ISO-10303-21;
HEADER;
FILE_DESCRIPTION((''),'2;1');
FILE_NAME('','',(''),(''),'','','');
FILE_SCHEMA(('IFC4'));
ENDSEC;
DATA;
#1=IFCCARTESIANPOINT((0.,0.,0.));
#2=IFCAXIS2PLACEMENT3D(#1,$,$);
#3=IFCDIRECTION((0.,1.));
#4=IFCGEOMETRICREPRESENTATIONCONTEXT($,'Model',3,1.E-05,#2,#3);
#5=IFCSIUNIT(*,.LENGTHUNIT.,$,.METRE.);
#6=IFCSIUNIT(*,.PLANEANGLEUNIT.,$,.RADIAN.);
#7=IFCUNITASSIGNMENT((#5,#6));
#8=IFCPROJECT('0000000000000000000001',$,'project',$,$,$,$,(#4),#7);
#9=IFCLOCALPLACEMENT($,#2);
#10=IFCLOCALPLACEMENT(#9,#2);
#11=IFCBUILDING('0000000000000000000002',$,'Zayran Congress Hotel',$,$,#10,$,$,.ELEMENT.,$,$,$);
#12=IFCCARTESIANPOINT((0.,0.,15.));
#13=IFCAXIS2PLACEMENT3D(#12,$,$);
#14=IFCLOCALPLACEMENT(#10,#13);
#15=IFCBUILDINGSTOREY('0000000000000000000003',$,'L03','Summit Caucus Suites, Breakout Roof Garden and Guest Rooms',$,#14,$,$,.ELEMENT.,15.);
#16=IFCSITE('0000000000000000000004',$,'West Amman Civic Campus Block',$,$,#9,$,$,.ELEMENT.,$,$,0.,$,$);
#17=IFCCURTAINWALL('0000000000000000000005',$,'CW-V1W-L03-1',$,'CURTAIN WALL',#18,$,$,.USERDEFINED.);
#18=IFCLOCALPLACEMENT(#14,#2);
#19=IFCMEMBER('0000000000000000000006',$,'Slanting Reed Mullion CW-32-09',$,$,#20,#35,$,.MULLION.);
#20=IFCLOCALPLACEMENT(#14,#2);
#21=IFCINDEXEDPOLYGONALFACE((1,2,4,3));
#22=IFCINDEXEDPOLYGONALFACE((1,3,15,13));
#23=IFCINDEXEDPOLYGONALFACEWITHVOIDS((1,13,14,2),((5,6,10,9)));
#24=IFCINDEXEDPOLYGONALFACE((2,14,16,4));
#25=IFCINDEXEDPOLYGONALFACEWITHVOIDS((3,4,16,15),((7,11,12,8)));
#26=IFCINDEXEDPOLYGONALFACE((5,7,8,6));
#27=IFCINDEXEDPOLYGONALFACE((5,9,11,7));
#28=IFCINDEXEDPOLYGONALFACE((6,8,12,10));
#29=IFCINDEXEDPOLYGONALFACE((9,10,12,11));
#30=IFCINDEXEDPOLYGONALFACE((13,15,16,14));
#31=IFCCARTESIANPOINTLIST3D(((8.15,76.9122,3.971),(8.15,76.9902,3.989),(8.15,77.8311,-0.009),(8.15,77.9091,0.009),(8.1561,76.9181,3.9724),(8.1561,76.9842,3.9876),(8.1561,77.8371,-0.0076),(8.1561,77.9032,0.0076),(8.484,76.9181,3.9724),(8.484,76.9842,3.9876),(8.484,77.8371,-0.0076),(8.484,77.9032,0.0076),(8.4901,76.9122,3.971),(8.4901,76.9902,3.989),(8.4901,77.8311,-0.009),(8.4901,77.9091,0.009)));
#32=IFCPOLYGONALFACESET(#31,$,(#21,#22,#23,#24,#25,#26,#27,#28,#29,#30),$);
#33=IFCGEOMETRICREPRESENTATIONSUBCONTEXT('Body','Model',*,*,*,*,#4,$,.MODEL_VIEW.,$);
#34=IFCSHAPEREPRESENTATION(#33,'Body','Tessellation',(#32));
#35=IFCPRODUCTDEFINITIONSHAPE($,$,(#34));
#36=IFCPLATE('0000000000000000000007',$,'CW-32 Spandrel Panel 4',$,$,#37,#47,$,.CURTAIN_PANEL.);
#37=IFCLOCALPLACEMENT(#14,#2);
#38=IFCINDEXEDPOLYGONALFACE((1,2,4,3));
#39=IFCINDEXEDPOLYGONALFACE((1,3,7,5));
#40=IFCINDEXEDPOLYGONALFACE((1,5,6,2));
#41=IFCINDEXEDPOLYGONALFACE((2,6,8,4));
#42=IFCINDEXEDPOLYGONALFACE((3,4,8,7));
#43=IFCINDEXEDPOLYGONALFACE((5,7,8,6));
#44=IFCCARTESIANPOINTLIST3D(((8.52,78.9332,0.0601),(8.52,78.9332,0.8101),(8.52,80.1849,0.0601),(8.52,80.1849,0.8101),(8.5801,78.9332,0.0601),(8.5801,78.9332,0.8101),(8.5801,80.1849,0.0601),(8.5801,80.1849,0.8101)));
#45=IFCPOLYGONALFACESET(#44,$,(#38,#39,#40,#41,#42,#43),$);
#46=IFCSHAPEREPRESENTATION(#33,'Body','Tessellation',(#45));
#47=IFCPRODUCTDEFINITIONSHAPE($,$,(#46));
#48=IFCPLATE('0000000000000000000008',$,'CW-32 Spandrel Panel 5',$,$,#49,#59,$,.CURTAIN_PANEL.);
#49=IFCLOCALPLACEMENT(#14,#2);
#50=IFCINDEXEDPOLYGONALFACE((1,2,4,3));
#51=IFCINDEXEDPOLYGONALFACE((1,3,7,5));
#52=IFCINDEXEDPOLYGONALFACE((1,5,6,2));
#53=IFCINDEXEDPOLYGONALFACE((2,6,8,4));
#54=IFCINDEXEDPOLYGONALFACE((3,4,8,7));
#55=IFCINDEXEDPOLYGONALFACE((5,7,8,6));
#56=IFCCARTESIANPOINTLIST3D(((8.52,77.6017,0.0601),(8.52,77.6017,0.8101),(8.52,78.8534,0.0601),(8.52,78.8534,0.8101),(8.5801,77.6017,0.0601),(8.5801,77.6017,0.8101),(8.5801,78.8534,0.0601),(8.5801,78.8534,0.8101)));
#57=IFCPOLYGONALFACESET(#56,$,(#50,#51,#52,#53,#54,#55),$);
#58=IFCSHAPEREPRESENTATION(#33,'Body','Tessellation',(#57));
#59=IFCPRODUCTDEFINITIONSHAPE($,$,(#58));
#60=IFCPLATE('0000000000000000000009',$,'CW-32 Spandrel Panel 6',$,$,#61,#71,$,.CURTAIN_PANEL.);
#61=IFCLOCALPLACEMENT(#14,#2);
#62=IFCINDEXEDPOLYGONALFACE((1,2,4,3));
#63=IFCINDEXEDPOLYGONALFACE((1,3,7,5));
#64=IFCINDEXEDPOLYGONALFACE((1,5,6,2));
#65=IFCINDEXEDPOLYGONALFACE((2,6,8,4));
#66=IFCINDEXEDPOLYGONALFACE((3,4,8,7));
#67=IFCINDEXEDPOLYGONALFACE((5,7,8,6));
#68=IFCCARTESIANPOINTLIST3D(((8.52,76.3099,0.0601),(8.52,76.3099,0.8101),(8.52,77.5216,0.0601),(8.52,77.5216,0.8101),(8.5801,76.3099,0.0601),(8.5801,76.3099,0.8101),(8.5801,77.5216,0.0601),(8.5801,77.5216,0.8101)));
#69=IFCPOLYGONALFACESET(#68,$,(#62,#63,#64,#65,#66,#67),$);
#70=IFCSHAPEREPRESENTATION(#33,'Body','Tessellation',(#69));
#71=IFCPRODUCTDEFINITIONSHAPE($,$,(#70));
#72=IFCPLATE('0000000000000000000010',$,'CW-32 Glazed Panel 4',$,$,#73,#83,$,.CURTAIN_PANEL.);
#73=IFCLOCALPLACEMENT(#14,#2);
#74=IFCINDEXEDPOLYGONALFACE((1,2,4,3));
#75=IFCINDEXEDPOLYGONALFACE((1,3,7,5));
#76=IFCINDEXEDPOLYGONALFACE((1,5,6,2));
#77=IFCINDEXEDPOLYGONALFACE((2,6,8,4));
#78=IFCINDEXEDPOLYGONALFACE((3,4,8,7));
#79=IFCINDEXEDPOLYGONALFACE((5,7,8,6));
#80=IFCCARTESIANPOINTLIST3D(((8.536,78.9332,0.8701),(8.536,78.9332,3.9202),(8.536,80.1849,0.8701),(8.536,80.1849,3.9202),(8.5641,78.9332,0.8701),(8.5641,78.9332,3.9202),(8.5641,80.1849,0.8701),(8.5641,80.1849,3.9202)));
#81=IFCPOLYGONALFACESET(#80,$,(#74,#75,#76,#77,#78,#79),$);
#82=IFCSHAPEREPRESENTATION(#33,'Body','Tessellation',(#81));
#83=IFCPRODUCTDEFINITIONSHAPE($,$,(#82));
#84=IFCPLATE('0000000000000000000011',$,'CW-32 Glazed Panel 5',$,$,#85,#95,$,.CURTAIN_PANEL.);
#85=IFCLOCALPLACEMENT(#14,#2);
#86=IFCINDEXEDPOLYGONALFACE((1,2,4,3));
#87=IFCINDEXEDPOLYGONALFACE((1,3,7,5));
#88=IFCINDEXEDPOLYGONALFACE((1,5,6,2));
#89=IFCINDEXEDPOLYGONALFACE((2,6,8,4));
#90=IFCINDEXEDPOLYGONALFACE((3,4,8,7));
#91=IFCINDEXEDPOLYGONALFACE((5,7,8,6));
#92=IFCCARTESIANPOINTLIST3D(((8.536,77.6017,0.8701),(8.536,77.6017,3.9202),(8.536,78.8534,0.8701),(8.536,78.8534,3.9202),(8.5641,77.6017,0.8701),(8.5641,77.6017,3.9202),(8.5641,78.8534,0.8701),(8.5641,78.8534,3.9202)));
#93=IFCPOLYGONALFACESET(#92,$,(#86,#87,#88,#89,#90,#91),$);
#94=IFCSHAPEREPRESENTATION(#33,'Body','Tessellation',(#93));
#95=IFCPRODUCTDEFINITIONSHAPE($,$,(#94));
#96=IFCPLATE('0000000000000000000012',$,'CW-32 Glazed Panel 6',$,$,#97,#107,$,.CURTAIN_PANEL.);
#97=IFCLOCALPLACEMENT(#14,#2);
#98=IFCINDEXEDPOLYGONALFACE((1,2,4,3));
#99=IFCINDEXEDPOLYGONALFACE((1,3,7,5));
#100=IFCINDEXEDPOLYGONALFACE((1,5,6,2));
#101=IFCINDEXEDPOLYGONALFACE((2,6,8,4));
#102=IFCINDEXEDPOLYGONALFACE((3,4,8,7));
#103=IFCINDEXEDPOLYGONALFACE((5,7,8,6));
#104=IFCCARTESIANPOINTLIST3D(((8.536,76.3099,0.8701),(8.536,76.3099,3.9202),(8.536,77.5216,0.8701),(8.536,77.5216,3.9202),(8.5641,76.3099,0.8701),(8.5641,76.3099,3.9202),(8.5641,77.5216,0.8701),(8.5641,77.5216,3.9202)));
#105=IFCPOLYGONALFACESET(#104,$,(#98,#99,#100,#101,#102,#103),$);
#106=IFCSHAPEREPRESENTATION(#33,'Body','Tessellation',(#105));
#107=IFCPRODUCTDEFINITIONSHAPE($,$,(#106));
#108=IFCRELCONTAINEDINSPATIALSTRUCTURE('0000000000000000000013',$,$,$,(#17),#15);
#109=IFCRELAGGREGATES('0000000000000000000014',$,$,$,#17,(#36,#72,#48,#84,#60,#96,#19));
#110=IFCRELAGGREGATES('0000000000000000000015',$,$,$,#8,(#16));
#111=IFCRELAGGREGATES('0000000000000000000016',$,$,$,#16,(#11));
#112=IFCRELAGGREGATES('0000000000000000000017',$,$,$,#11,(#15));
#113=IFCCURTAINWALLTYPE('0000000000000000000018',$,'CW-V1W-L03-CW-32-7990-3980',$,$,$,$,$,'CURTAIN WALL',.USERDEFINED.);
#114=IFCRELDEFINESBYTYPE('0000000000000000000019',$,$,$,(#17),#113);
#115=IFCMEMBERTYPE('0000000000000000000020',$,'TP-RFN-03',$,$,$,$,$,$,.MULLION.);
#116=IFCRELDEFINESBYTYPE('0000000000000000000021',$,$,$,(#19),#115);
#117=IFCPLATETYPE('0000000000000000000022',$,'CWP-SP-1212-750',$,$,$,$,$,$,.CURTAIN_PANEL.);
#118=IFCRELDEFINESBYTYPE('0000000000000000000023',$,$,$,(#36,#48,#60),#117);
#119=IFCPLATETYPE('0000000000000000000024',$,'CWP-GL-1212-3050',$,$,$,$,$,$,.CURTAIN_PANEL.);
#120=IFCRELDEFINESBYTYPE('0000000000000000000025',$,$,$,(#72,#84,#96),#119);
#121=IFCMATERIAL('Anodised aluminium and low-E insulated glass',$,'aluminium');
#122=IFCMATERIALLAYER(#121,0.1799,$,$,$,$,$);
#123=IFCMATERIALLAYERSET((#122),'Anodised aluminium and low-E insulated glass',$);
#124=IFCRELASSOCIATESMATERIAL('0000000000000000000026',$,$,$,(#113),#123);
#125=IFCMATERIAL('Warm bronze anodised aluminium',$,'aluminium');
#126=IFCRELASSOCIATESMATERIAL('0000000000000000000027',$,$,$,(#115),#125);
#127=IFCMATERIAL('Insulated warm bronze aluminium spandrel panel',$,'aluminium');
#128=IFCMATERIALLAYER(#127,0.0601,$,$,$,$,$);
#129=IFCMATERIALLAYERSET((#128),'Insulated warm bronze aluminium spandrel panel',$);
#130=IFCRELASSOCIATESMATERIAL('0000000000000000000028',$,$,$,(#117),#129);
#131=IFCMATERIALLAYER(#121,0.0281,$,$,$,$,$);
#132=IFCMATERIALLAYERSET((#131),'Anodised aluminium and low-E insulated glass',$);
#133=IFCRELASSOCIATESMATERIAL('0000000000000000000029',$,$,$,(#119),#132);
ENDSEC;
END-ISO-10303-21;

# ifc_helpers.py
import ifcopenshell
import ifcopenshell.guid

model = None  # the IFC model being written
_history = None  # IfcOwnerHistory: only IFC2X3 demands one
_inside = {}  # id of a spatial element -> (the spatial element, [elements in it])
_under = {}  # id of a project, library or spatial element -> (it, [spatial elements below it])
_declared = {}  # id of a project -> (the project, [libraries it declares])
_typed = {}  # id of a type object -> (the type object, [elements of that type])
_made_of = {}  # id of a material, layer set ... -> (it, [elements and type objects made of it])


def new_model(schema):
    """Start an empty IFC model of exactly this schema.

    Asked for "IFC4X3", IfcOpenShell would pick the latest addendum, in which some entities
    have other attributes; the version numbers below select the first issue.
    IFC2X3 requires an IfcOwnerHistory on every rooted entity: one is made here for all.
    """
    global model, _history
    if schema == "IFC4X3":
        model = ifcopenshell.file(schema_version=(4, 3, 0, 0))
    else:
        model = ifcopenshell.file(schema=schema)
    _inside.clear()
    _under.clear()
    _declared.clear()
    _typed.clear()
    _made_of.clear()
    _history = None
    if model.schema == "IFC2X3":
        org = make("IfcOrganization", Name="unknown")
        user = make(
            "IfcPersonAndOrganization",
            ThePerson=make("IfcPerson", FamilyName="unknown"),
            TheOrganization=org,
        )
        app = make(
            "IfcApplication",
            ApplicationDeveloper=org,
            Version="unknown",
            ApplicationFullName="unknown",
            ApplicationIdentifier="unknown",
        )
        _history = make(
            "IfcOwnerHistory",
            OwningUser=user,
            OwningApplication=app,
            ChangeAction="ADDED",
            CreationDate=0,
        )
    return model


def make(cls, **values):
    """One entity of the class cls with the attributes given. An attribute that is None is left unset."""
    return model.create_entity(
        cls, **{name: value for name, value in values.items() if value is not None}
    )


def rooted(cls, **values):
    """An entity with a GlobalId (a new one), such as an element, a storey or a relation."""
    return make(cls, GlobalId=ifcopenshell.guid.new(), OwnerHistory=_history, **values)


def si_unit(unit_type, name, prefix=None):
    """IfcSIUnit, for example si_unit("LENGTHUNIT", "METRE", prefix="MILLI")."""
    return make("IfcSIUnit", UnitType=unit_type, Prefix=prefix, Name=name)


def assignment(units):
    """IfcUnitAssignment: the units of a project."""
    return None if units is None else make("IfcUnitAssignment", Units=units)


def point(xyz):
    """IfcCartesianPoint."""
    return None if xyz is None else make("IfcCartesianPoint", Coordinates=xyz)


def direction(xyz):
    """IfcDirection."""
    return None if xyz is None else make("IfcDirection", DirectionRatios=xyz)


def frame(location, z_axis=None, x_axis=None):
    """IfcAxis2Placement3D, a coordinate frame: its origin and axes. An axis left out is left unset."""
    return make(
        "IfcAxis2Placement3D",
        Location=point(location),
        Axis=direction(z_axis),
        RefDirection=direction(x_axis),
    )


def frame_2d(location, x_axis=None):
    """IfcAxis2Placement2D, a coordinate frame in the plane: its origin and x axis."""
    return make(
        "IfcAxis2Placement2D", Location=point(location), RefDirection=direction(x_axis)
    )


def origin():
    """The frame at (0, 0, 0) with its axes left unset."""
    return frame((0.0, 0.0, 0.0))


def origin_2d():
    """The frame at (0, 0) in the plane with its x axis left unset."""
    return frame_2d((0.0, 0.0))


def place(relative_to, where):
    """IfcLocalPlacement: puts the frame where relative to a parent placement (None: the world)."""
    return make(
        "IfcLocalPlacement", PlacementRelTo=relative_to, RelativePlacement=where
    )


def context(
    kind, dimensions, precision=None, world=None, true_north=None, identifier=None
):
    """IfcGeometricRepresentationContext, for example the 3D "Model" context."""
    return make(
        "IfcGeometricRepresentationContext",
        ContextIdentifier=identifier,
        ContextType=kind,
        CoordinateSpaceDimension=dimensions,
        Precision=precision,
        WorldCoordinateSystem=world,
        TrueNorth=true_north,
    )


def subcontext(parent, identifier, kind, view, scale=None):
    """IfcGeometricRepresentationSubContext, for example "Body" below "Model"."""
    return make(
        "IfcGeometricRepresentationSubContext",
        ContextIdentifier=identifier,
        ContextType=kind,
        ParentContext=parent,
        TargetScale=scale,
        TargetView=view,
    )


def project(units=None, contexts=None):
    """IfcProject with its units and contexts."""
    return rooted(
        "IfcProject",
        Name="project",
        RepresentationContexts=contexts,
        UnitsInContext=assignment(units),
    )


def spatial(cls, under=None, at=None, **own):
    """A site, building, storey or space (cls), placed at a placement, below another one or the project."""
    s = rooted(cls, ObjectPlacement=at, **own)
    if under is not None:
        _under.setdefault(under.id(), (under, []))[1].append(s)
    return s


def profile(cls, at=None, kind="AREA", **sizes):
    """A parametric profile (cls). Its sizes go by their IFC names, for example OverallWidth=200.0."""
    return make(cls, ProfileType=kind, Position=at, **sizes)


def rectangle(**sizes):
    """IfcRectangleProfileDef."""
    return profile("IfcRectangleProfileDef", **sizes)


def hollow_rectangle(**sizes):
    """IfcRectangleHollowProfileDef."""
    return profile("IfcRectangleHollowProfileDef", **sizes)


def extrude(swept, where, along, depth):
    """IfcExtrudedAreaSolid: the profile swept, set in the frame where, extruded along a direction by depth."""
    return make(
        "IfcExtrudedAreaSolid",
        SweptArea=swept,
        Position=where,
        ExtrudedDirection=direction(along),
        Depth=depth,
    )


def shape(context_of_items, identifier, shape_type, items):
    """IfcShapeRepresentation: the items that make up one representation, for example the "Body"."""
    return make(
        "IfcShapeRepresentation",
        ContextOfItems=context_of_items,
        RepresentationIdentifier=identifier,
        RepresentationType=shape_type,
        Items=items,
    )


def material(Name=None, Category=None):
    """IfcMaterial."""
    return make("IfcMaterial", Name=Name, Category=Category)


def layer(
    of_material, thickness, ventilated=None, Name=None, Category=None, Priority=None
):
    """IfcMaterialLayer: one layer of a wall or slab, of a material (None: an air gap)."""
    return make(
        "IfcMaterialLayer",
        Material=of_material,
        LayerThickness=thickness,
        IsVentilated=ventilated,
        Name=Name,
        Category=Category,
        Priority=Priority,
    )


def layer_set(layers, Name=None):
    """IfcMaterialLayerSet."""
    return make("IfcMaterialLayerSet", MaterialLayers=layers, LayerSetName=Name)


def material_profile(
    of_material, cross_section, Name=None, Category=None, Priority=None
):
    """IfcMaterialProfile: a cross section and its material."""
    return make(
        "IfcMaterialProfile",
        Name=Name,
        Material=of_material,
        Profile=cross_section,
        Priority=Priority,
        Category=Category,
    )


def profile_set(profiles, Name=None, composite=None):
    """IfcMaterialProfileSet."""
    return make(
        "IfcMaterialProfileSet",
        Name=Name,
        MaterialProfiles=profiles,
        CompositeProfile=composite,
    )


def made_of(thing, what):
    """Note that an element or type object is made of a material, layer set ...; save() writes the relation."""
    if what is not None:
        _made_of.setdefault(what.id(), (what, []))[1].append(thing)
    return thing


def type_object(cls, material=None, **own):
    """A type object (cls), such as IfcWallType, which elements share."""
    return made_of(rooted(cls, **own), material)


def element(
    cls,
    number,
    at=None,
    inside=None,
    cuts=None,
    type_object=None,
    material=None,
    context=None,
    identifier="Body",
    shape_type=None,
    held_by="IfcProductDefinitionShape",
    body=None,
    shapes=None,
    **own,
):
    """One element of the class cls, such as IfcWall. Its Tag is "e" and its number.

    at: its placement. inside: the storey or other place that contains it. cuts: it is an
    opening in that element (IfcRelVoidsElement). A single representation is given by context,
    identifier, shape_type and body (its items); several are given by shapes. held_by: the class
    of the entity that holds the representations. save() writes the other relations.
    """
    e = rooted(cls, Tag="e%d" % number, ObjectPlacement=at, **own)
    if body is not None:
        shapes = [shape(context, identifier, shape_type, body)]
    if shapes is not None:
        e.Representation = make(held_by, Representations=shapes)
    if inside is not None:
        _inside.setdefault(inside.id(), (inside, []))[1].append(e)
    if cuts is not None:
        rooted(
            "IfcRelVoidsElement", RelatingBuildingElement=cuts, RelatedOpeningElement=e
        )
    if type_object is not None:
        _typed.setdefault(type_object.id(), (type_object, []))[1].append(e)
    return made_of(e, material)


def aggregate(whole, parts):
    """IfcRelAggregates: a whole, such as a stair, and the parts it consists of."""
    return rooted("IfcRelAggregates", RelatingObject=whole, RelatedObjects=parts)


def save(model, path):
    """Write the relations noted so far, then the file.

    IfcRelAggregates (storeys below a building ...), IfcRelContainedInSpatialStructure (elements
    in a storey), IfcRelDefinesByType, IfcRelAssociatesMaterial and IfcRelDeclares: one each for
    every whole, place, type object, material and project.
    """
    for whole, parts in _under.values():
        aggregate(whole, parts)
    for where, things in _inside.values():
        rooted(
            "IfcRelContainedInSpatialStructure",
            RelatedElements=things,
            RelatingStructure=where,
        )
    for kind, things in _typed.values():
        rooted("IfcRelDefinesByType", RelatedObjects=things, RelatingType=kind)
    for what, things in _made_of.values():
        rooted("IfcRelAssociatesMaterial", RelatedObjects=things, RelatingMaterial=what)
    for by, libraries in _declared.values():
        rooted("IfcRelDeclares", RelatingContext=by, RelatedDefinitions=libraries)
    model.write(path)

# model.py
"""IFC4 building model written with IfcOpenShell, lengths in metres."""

from ifc_helpers import new_model, si_unit, direction, frame, origin, origin_2d, place, context, subcontext, project, spatial, rectangle, hollow_rectangle, extrude, material, layer, layer_set, material_profile, profile_set, type_object, element, aggregate, save


model = new_model("IFC4")

# Units and contexts
model_context = context("Model", 3, precision=1e-05, world=origin(), true_north=direction((0.0, 1.0)))
body_context = subcontext(model_context, "Body", "Model", "MODEL_VIEW")
ifc_project = project(units=[si_unit("LENGTHUNIT", "METRE"), si_unit("PLANEANGLEUNIT", "RADIAN")], contexts=[model_context])

# Site, building, storey
site_placement = place(None, origin())
site = spatial("IfcSite", under=ifc_project, at=site_placement, Name="West Amman Civic Campus Block", CompositionType="ELEMENT", RefElevation=0.0)
building_placement = place(site_placement, origin())
building = spatial("IfcBuilding", under=site, at=building_placement, Name="Zayran Congress Hotel", CompositionType="ELEMENT")
storey_placement = place(building_placement, frame((0.0, 0.0, 15.0)))
storey = spatial("IfcBuildingStorey", under=building, at=storey_placement, Name="L03", Description="Summit Caucus Suites, Breakout Roof Garden and Guest Rooms", CompositionType="ELEMENT", Elevation=15.0)

# Shared definitions
ifc_material_1 = material(Name="Anodised aluminium and low-E insulated glass", Category="aluminium")

# Curtain wall, member, plates
ifc_layer_1 = layer(ifc_material_1, 0.1799)
ifc_layer_set_1 = layer_set([ifc_layer_1], Name="Anodised aluminium and low-E insulated glass")
curtain_wall_type_1 = type_object("IfcCurtainWallType", Name="CW-V1W-L03-CW-32-7990-3980", ElementType="CURTAIN WALL", PredefinedType="USERDEFINED", material=ifc_layer_set_1)
curtain_wall_1_placement = place(storey_placement, origin())
curtain_wall_1 = element("IfcCurtainWall", 1, at=curtain_wall_1_placement, inside=storey, type_object=curtain_wall_type_1, Name="CW-V1W-L03-1", ObjectType="CURTAIN WALL", PredefinedType="USERDEFINED")
ifc_material_2 = material(Name="Warm bronze anodised aluminium", Category="aluminium")
ifc_material_profile_1 = material_profile(ifc_material_2, hollow_rectangle(XDim=0.0801, YDim=0.3401, WallThickness=0.0061, at=origin_2d()), Name="RHS 340x80x6")
ifc_profile_set_1 = profile_set([ifc_material_profile_1], Name="Warm bronze anodised aluminium")
member_type_1 = type_object("IfcMemberType", Name="TP-RFN-03", PredefinedType="MULLION", material=ifc_profile_set_1)
member_1_placement = place(storey_placement, frame((8.3201, 77.8701, 0.0), z_axis=(0.0, -0.224973, 0.974365), x_axis=(0.0, 0.974365, 0.224973)))
member_1 = element("IfcMember", 2, at=member_1_placement, type_object=member_type_1, Name="Slanting Reed Mullion CW-32-09", PredefinedType="MULLION", context=body_context, shape_type="SweptSolid", body=[
    extrude(hollow_rectangle(XDim=0.0801, YDim=0.3401, WallThickness=0.0061, at=origin_2d()), origin(), (0.0, 0.0, 1.0), 4.0847),
])
ifc_material_3 = material(Name="Insulated warm bronze aluminium spandrel panel", Category="aluminium")
ifc_layer_2 = layer(ifc_material_3, 0.0601)
ifc_layer_set_2 = layer_set([ifc_layer_2], Name="Insulated warm bronze aluminium spandrel panel")
plate_type_1 = type_object("IfcPlateType", Name="CWP-SP-1212-750", PredefinedType="CURTAIN_PANEL", material=ifc_layer_set_2)
plate_1_placement = place(storey_placement, frame((8.55, 79.5591, 0.0601), z_axis=(0.0, 0.0, 1.0), x_axis=(0.0, 1.0, 0.0)))
plate_1 = element("IfcPlate", 3, at=plate_1_placement, type_object=plate_type_1, Name="CW-32 Spandrel Panel 4", PredefinedType="CURTAIN_PANEL", context=body_context, shape_type="SweptSolid", body=[
    extrude(rectangle(XDim=1.2517, YDim=0.0601, at=origin_2d()), origin(), (0.0, 0.0, 1.0), 0.75),
])
plate_2_placement = place(storey_placement, frame((8.55, 78.2275, 0.0601), z_axis=(0.0, 0.0, 1.0), x_axis=(0.0, 1.0, 0.0)))
plate_2 = element("IfcPlate", 4, at=plate_2_placement, type_object=plate_type_1, Name="CW-32 Spandrel Panel 5", PredefinedType="CURTAIN_PANEL", context=body_context, shape_type="SweptSolid", body=[
    extrude(rectangle(XDim=1.2517, YDim=0.0601, at=origin_2d()), origin(), (0.0, 0.0, 1.0), 0.75),
])
plate_3_placement = place(storey_placement, frame((8.55, 76.9158, 0.0601), z_axis=(0.0, 0.0, 1.0), x_axis=(0.0, 1.0, 0.0)))
plate_3 = element("IfcPlate", 5, at=plate_3_placement, type_object=plate_type_1, Name="CW-32 Spandrel Panel 6", PredefinedType="CURTAIN_PANEL", context=body_context, shape_type="SweptSolid", body=[
    extrude(rectangle(XDim=1.2117, YDim=0.0601, at=origin_2d()), origin(), (0.0, 0.0, 1.0), 0.75),
])
ifc_layer_3 = layer(ifc_material_1, 0.0281)
ifc_layer_set_3 = layer_set([ifc_layer_3], Name="Anodised aluminium and low-E insulated glass")
plate_type_2 = type_object("IfcPlateType", Name="CWP-GL-1212-3050", PredefinedType="CURTAIN_PANEL", material=ifc_layer_set_3)
plate_4_placement = place(storey_placement, frame((8.55, 79.5591, 0.8701), z_axis=(0.0, 0.0, 1.0), x_axis=(0.0, 1.0, 0.0)))
plate_4 = element("IfcPlate", 6, at=plate_4_placement, type_object=plate_type_2, Name="CW-32 Glazed Panel 4", PredefinedType="CURTAIN_PANEL", context=body_context, shape_type="SweptSolid", body=[
    extrude(rectangle(XDim=1.2517, YDim=0.0281, at=origin_2d()), origin(), (0.0, 0.0, 1.0), 3.05),
])
plate_5_placement = place(storey_placement, frame((8.55, 78.2275, 0.8701), z_axis=(0.0, 0.0, 1.0), x_axis=(0.0, 1.0, 0.0)))
plate_5 = element("IfcPlate", 7, at=plate_5_placement, type_object=plate_type_2, Name="CW-32 Glazed Panel 5", PredefinedType="CURTAIN_PANEL", context=body_context, shape_type="SweptSolid", body=[
    extrude(rectangle(XDim=1.2517, YDim=0.0281, at=origin_2d()), origin(), (0.0, 0.0, 1.0), 3.05),
])
plate_6_placement = place(storey_placement, frame((8.55, 76.9158, 0.8701), z_axis=(0.0, 0.0, 1.0), x_axis=(0.0, 1.0, 0.0)))
plate_6 = element("IfcPlate", 8, at=plate_6_placement, type_object=plate_type_2, Name="CW-32 Glazed Panel 6", PredefinedType="CURTAIN_PANEL", context=body_context, shape_type="SweptSolid", body=[
    extrude(rectangle(XDim=1.2117, YDim=0.0281, at=origin_2d()), origin(), (0.0, 0.0, 1.0), 3.05),
])
aggregate(curtain_wall_1, [plate_1, plate_4, plate_2, plate_5, plate_3, plate_6, member_1])

save(model, "model.ifc")
